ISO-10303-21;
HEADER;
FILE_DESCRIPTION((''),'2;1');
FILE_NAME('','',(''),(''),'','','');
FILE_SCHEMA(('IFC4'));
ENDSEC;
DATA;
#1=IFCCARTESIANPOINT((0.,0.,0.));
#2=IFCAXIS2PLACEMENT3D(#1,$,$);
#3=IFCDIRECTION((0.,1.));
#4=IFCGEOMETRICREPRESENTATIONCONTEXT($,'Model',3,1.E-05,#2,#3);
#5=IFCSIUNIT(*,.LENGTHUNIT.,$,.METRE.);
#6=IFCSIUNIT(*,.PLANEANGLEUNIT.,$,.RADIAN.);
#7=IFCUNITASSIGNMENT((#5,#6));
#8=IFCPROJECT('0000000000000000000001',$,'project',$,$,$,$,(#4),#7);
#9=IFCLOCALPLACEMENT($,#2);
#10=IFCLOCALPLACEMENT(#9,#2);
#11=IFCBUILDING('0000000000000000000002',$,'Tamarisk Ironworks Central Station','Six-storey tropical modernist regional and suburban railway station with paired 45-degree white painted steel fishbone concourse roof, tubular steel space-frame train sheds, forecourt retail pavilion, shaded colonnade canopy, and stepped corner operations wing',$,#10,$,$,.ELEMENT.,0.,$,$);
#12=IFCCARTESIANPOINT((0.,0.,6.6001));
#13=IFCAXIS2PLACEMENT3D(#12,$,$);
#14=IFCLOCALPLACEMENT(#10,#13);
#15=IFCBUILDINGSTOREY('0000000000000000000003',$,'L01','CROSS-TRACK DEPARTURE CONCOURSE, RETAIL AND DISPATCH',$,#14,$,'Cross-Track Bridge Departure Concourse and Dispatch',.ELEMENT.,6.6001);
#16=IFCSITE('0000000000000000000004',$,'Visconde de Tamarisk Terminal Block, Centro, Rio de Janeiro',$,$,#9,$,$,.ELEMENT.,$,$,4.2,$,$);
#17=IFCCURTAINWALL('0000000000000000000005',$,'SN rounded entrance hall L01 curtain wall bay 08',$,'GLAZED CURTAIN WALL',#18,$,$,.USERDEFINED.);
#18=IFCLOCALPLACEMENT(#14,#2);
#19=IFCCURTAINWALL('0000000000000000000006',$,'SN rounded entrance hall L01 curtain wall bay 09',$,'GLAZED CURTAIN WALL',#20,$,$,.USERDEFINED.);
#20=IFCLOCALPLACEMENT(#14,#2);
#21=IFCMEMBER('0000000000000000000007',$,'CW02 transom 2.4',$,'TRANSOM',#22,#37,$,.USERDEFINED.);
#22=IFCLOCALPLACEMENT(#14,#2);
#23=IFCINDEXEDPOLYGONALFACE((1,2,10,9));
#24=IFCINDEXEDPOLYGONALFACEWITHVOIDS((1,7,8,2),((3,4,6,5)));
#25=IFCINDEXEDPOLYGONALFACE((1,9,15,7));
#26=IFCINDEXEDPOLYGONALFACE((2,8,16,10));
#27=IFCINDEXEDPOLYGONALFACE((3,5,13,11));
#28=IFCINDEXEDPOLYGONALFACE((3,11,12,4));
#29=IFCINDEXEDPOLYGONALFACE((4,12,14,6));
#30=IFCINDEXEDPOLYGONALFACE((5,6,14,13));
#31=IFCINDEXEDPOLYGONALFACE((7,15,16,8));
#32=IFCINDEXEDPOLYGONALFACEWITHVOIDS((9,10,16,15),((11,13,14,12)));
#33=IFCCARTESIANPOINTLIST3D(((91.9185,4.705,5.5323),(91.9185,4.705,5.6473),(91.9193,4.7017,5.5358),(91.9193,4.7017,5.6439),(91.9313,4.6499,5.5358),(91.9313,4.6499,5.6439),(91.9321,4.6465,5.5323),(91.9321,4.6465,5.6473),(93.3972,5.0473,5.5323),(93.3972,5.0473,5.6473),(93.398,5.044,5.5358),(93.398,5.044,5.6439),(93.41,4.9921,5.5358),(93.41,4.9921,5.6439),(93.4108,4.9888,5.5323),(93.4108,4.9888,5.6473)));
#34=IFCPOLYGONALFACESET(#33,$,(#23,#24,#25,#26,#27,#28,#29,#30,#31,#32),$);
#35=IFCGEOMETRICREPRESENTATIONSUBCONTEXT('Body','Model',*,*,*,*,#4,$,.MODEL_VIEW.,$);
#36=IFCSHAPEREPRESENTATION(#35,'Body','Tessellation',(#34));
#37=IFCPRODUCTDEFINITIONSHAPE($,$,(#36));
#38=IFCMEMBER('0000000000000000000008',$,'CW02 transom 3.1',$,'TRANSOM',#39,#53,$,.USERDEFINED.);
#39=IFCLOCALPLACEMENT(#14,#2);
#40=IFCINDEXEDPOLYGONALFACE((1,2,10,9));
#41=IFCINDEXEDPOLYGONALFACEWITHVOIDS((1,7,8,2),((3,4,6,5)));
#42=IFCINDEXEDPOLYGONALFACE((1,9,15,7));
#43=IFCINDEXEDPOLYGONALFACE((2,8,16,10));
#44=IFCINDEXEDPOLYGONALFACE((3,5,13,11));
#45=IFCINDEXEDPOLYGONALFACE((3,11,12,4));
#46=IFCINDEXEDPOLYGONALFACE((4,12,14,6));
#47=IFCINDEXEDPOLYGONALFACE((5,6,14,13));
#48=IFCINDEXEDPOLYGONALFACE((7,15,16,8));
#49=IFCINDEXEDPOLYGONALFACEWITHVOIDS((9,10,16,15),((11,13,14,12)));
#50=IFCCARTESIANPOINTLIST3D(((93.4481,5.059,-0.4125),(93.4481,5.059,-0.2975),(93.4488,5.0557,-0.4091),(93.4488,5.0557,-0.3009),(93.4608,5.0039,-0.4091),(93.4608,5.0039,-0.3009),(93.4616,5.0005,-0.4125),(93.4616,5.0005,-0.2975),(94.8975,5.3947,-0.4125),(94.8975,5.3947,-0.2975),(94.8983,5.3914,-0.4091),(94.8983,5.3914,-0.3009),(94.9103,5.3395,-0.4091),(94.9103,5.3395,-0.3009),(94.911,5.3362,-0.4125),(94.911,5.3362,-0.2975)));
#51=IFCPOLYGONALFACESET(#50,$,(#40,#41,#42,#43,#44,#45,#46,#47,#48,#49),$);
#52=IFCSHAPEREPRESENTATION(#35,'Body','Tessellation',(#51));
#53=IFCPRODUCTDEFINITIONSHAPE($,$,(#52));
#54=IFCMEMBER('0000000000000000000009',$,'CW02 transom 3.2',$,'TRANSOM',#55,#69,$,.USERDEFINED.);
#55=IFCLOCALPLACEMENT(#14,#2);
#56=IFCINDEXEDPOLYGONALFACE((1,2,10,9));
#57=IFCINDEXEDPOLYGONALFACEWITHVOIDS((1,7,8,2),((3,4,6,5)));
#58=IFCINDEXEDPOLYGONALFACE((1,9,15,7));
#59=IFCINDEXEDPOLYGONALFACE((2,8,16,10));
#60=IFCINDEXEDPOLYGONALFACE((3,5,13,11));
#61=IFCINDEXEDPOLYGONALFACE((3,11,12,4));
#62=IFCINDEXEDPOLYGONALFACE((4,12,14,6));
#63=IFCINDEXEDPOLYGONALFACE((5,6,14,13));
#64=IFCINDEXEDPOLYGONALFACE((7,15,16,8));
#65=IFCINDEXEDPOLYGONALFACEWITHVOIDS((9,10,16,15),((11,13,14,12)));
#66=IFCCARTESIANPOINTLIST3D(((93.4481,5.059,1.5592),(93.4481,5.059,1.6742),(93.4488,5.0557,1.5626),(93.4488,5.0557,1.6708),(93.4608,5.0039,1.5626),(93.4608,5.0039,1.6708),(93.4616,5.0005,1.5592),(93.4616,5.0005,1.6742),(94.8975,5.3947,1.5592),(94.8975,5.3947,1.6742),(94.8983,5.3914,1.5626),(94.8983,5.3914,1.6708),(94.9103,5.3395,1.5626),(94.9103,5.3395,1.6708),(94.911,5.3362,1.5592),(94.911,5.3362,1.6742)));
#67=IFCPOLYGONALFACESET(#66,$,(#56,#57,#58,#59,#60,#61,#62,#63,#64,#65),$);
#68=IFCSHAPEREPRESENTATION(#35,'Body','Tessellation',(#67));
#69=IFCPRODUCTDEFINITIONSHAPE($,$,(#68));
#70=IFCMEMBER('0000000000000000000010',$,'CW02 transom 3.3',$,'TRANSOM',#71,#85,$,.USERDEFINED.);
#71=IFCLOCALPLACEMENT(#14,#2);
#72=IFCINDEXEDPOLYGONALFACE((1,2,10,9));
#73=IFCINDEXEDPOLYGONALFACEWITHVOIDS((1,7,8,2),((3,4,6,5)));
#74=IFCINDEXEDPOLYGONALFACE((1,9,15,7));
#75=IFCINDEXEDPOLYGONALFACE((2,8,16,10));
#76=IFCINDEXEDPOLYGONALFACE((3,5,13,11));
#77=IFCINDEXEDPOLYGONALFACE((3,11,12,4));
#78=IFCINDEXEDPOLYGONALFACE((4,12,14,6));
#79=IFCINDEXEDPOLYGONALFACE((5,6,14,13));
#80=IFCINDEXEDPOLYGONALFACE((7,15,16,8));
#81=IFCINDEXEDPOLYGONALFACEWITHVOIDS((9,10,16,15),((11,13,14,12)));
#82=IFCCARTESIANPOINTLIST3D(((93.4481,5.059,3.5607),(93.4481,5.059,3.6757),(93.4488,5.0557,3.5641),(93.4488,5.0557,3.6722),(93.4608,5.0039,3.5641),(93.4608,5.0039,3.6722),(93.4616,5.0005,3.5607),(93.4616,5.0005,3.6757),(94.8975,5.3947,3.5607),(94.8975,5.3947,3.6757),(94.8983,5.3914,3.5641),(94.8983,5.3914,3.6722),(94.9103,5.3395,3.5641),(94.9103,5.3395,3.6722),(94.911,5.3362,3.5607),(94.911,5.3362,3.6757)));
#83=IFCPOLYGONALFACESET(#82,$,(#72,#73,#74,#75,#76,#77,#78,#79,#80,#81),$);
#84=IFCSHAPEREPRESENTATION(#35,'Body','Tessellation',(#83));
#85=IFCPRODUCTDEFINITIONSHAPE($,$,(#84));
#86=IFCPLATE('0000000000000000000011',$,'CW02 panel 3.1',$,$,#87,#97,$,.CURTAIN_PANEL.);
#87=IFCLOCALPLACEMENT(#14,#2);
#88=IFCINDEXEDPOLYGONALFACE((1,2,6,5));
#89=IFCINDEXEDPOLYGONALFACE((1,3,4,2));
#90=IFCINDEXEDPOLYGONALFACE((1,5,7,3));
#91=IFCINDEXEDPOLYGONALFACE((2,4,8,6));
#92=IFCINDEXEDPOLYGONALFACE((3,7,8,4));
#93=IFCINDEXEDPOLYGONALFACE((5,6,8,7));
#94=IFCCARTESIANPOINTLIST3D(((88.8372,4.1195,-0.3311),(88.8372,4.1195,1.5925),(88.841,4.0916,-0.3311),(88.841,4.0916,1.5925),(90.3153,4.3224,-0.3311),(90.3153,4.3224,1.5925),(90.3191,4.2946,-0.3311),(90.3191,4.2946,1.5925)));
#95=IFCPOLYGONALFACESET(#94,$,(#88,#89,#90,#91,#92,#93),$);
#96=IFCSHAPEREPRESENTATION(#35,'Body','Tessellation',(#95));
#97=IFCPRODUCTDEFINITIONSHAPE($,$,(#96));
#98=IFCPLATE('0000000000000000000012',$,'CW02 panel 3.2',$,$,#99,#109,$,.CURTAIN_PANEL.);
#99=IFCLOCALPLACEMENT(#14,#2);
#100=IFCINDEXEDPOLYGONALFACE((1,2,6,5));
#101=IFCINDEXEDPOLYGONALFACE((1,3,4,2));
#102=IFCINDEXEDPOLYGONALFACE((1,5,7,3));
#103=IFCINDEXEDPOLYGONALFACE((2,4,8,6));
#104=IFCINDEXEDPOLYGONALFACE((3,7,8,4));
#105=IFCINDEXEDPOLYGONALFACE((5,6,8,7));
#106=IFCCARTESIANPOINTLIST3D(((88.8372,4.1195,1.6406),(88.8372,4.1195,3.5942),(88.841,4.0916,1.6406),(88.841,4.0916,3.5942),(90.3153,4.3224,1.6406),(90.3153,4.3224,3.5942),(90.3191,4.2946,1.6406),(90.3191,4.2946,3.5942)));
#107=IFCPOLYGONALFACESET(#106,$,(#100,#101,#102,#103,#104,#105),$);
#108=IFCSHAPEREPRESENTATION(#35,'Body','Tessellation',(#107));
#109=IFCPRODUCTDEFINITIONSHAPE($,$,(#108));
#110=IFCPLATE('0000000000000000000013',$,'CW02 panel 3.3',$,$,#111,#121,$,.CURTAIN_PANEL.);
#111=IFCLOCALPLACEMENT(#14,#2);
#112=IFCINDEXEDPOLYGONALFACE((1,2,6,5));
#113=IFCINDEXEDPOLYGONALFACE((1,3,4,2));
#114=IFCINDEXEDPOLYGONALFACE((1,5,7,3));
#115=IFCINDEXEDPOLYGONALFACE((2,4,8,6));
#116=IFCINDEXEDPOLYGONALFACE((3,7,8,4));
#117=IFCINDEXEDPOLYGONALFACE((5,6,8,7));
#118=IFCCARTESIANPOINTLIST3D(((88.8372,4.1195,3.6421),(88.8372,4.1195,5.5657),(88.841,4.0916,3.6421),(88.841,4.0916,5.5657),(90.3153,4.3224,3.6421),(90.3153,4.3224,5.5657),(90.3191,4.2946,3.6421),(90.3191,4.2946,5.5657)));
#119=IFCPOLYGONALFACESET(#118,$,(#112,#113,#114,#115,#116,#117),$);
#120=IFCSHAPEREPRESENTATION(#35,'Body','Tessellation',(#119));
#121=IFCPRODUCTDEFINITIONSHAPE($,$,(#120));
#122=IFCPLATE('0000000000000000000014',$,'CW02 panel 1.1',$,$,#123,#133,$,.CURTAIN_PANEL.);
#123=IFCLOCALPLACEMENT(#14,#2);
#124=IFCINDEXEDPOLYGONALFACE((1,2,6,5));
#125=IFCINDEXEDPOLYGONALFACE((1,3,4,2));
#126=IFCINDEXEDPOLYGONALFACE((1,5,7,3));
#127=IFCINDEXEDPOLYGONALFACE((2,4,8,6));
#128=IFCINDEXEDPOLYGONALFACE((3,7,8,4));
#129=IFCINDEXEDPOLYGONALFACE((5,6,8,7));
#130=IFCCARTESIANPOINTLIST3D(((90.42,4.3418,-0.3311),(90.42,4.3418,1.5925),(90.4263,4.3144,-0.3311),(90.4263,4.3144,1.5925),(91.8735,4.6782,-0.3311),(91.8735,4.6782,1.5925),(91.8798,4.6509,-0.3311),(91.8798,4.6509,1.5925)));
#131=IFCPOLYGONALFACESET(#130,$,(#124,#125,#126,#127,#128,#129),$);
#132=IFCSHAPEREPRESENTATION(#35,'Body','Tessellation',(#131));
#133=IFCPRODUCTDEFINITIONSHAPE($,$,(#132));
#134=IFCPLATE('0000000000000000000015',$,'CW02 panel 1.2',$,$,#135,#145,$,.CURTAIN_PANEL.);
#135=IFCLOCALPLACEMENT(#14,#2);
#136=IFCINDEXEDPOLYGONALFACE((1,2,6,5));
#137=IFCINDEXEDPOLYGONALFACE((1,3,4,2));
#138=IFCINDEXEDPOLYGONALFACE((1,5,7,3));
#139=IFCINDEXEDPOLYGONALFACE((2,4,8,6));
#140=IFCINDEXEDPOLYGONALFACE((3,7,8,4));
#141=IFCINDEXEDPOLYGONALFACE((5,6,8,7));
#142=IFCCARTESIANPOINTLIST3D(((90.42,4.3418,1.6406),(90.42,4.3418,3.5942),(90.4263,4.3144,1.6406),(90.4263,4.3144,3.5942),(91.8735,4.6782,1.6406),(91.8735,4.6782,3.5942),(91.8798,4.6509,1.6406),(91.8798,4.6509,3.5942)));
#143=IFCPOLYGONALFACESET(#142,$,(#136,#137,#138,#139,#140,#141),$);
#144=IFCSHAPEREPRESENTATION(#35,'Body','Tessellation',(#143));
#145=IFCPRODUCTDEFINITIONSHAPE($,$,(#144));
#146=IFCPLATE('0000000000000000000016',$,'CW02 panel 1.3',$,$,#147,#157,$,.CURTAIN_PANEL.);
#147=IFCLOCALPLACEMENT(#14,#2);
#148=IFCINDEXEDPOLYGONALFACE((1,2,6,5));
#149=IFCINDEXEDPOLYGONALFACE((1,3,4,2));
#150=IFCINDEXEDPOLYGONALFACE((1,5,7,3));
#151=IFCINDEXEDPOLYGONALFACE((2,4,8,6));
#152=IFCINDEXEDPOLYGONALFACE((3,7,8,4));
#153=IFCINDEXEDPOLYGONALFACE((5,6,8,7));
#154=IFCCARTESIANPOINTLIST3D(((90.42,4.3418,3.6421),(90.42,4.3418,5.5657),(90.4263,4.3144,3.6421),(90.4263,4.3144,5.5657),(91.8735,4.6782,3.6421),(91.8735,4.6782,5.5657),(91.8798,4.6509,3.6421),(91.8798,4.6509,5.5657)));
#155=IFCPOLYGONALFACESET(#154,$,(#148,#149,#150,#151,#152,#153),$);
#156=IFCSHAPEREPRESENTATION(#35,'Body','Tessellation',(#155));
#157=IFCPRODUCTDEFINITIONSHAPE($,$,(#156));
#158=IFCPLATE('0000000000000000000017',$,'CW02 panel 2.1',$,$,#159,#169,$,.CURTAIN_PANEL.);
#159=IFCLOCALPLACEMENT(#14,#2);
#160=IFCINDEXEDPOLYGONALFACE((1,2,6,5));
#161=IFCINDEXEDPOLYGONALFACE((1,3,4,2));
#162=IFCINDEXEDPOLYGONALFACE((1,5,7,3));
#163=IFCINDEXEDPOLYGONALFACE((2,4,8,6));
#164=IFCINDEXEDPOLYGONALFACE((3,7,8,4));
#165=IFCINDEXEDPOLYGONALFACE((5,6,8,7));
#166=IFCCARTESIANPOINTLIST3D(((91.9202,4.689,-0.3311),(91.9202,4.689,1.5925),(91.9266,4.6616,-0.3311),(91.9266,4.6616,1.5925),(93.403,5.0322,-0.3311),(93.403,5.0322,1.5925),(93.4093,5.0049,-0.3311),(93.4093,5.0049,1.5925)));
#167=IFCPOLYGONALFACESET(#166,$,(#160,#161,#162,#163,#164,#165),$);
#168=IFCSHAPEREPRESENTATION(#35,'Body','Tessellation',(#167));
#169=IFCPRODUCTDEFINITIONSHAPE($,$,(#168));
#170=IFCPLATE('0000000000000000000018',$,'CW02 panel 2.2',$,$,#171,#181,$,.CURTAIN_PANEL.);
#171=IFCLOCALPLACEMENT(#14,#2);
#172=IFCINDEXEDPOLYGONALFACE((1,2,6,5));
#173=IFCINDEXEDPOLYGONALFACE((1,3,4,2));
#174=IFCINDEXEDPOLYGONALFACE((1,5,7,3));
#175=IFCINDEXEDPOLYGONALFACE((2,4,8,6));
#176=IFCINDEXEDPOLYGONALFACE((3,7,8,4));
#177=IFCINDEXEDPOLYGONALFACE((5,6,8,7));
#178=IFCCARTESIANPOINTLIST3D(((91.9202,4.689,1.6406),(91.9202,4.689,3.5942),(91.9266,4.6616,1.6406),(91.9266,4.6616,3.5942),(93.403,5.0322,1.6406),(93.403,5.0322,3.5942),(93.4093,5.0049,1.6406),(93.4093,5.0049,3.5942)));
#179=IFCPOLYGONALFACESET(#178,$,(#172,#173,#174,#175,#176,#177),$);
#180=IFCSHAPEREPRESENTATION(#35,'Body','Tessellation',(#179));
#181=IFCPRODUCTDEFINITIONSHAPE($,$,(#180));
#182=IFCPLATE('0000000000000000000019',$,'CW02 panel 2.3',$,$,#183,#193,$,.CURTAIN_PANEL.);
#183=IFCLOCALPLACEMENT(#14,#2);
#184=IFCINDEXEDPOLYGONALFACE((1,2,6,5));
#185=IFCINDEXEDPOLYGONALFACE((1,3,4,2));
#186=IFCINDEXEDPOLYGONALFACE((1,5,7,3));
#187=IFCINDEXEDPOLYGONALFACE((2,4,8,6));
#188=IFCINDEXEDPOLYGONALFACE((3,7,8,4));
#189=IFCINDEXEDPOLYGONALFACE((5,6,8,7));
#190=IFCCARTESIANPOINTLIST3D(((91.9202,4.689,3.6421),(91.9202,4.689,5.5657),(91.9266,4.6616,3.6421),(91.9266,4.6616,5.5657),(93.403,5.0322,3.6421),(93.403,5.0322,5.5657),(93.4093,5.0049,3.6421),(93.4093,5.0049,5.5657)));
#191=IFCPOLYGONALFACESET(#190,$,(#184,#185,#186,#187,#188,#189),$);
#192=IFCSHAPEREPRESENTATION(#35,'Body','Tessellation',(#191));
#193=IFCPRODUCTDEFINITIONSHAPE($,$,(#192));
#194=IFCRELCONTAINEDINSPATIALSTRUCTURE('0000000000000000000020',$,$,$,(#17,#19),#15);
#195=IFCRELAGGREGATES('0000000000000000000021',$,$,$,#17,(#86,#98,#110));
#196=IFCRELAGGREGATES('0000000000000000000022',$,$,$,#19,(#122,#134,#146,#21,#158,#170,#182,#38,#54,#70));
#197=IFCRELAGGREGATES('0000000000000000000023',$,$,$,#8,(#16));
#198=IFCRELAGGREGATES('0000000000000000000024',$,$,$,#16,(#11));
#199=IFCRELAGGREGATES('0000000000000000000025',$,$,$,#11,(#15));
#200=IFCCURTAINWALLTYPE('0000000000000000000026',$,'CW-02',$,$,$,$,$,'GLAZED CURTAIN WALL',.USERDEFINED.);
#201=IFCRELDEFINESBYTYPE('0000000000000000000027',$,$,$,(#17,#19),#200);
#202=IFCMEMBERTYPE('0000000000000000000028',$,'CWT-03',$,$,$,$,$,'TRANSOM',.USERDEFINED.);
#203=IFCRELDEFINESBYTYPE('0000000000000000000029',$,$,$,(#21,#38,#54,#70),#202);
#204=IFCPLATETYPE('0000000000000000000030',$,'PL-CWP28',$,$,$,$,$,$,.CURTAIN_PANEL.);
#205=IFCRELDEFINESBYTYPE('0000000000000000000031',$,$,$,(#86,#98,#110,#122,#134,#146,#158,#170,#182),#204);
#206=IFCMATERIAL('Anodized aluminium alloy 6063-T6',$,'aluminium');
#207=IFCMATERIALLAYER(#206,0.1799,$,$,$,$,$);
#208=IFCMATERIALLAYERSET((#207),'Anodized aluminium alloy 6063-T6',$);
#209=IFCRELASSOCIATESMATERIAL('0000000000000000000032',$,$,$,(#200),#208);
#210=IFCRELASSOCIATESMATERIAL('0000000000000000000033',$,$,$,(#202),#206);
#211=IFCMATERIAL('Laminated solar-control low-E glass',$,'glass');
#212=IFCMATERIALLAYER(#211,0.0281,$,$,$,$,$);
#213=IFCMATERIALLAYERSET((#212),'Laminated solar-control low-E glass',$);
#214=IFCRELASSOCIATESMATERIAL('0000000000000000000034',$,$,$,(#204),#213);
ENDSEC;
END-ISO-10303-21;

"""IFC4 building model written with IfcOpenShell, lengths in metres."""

from ifc_helpers import new_model, si_unit, direction, frame, origin, origin_2d, place, context, subcontext, project, spatial, rectangle, hollow_rectangle, extrude, material, layer, layer_set, material_profile, profile_set, type_object, element, aggregate, save


model = new_model("IFC4")

# Units and contexts
model_context = context("Model", 3, precision=1e-05, world=origin(), true_north=direction((0.0, 1.0)))
body_context = subcontext(model_context, "Body", "Model", "MODEL_VIEW")
ifc_project = project(units=[si_unit("LENGTHUNIT", "METRE"), si_unit("PLANEANGLEUNIT", "RADIAN")], contexts=[model_context])

# Site, building, storey
site_placement = place(None, origin())
site = spatial("IfcSite", under=ifc_project, at=site_placement, Name="Visconde de Tamarisk Terminal Block, Centro, Rio de Janeiro", CompositionType="ELEMENT", RefElevation=4.2)
building_placement = place(site_placement, origin())
building = spatial("IfcBuilding", under=site, at=building_placement, Name="Tamarisk Ironworks Central Station", Description="Six-storey tropical modernist regional and suburban railway station with paired 45-degree white painted steel fishbone concourse roof, tubular steel space-frame train sheds, forecourt retail pavilion, shaded colonnade canopy, and stepped corner operations wing", CompositionType="ELEMENT", ElevationOfRefHeight=0.0)
storey_placement = place(building_placement, frame((0.0, 0.0, 6.6001)))
storey = spatial("IfcBuildingStorey", under=building, at=storey_placement, Name="L01", Description="CROSS-TRACK DEPARTURE CONCOURSE, RETAIL AND DISPATCH", LongName="Cross-Track Bridge Departure Concourse and Dispatch", CompositionType="ELEMENT", Elevation=6.6001)

# Curtain wall
ifc_material_1 = material(Name="Anodized aluminium alloy 6063-T6", Category="aluminium")
ifc_layer_1 = layer(ifc_material_1, 0.1799)
ifc_layer_set_1 = layer_set([ifc_layer_1], Name="Anodized aluminium alloy 6063-T6")
curtain_wall_type = type_object("IfcCurtainWallType", Name="CW-02", ElementType="GLAZED CURTAIN WALL", PredefinedType="USERDEFINED", material=ifc_layer_set_1)
curtain_wall_1_placement = place(storey_placement, origin())
curtain_wall_1 = element("IfcCurtainWall", 1, at=curtain_wall_1_placement, inside=storey, type_object=curtain_wall_type, Name="SN rounded entrance hall L01 curtain wall bay 08", ObjectType="GLAZED CURTAIN WALL", PredefinedType="USERDEFINED")

# Curtain wall, members
curtain_wall_2_placement = place(storey_placement, origin())
curtain_wall_2 = element("IfcCurtainWall", 2, at=curtain_wall_2_placement, inside=storey, type_object=curtain_wall_type, Name="SN rounded entrance hall L01 curtain wall bay 09", ObjectType="GLAZED CURTAIN WALL", PredefinedType="USERDEFINED")
ifc_material_profile_1 = material_profile(ifc_material_1, hollow_rectangle(XDim=0.0601, YDim=0.115, WallThickness=0.0034, at=origin_2d()), Name="ALUM 115x60")
ifc_profile_set_1 = profile_set([ifc_material_profile_1], Name="Anodized aluminium alloy 6063-T6")
member_type_1 = type_object("IfcMemberType", Name="CWT-03", ElementType="TRANSOM", PredefinedType="USERDEFINED", material=ifc_profile_set_1)
member_1_placement = place(storey_placement, frame((91.9253, 4.6758, 5.5898), z_axis=(0.974242, 0.225506, 0.0), x_axis=(-0.225506, 0.974242, 0.0)))
member_1 = element("IfcMember", 3, at=member_1_placement, type_object=member_type_1, Name="CW02 transom 2.4", ObjectType="TRANSOM", PredefinedType="USERDEFINED", context=body_context, shape_type="SweptSolid", body=[
    extrude(hollow_rectangle(XDim=0.0601, YDim=0.115, WallThickness=0.0034, at=origin_2d()), origin(), (0.0, 0.0, 1.0), 1.5178),
])
member_2_placement = place(storey_placement, frame((93.4548, 5.0298, -0.355), z_axis=(0.974214, 0.225626, 0.0), x_axis=(-0.225626, 0.974214, 0.0)))
member_2 = element("IfcMember", 4, at=member_2_placement, type_object=member_type_1, Name="CW02 transom 3.1", ObjectType="TRANSOM", PredefinedType="USERDEFINED", context=body_context, shape_type="SweptSolid", body=[
    extrude(hollow_rectangle(XDim=0.0601, YDim=0.115, WallThickness=0.0034, at=origin_2d()), origin(), (0.0, 0.0, 1.0), 1.4878),
])
member_3_placement = place(storey_placement, frame((93.4548, 5.0298, 1.6167), z_axis=(0.974214, 0.225626, 0.0), x_axis=(-0.225626, 0.974214, 0.0)))
member_3 = element("IfcMember", 5, at=member_3_placement, type_object=member_type_1, Name="CW02 transom 3.2", ObjectType="TRANSOM", PredefinedType="USERDEFINED", context=body_context, shape_type="SweptSolid", body=[
    extrude(hollow_rectangle(XDim=0.0601, YDim=0.115, WallThickness=0.0034, at=origin_2d()), origin(), (0.0, 0.0, 1.0), 1.4878),
])
member_4_placement = place(storey_placement, frame((93.4548, 5.0298, 3.6182), z_axis=(0.974214, 0.225626, 0.0), x_axis=(-0.225626, 0.974214, 0.0)))
member_4 = element("IfcMember", 6, at=member_4_placement, type_object=member_type_1, Name="CW02 transom 3.3", ObjectType="TRANSOM", PredefinedType="USERDEFINED", context=body_context, shape_type="SweptSolid", body=[
    extrude(hollow_rectangle(XDim=0.0601, YDim=0.115, WallThickness=0.0034, at=origin_2d()), origin(), (0.0, 0.0, 1.0), 1.4878),
])

# Plates
ifc_material_2 = material(Name="Laminated solar-control low-E glass", Category="glass")
ifc_layer_2 = layer(ifc_material_2, 0.0281)
ifc_layer_set_2 = layer_set([ifc_layer_2], Name="Laminated solar-control low-E glass")
plate_type = type_object("IfcPlateType", Name="PL-CWP28", PredefinedType="CURTAIN_PANEL", material=ifc_layer_set_2)
plate_1_placement = place(storey_placement, frame((89.5781, 4.207, -0.3311), z_axis=(0.0, 0.0, 1.0), x_axis=(0.990703, 0.136042, 0.0)))
plate_1 = element("IfcPlate", 7, at=plate_1_placement, type_object=plate_type, Name="CW02 panel 3.1", PredefinedType="CURTAIN_PANEL", context=body_context, shape_type="SweptSolid", body=[
    extrude(rectangle(XDim=1.4919, YDim=0.0281, at=origin_2d()), origin(), (0.0, 0.0, 1.0), 1.9236),
])
plate_2_placement = place(storey_placement, frame((89.5781, 4.207, 1.6406), z_axis=(0.0, 0.0, 1.0), x_axis=(0.990703, 0.136042, 0.0)))
plate_2 = element("IfcPlate", 8, at=plate_2_placement, type_object=plate_type, Name="CW02 panel 3.2", PredefinedType="CURTAIN_PANEL", context=body_context, shape_type="SweptSolid", body=[
    extrude(rectangle(XDim=1.4919, YDim=0.0281, at=origin_2d()), origin(), (0.0, 0.0, 1.0), 1.9536),
])
plate_3_placement = place(storey_placement, frame((89.5781, 4.207, 3.6421), z_axis=(0.0, 0.0, 1.0), x_axis=(0.990703, 0.136042, 0.0)))
plate_3 = element("IfcPlate", 9, at=plate_3_placement, type_object=plate_type, Name="CW02 panel 3.3", PredefinedType="CURTAIN_PANEL", context=body_context, shape_type="SweptSolid", body=[
    extrude(rectangle(XDim=1.4919, YDim=0.0281, at=origin_2d()), origin(), (0.0, 0.0, 1.0), 1.9236),
])
aggregate(curtain_wall_1, [plate_1, plate_2, plate_3])
plate_4_placement = place(storey_placement, frame((91.1499, 4.4963, -0.3311), z_axis=(0.0, 0.0, 1.0), x_axis=(0.974239, 0.225517, 0.0)))
plate_4 = element("IfcPlate", 10, at=plate_4_placement, type_object=plate_type, Name="CW02 panel 1.1", PredefinedType="CURTAIN_PANEL", context=body_context, shape_type="SweptSolid", body=[
    extrude(rectangle(XDim=1.4919, YDim=0.0281, at=origin_2d()), origin(), (0.0, 0.0, 1.0), 1.9236),
])
plate_5_placement = place(storey_placement, frame((91.1499, 4.4963, 1.6406), z_axis=(0.0, 0.0, 1.0), x_axis=(0.974239, 0.225517, 0.0)))
plate_5 = element("IfcPlate", 11, at=plate_5_placement, type_object=plate_type, Name="CW02 panel 1.2", PredefinedType="CURTAIN_PANEL", context=body_context, shape_type="SweptSolid", body=[
    extrude(rectangle(XDim=1.4919, YDim=0.0281, at=origin_2d()), origin(), (0.0, 0.0, 1.0), 1.9536),
])
plate_6_placement = place(storey_placement, frame((91.1499, 4.4963, 3.6421), z_axis=(0.0, 0.0, 1.0), x_axis=(0.974239, 0.225517, 0.0)))
plate_6 = element("IfcPlate", 12, at=plate_6_placement, type_object=plate_type, Name="CW02 panel 1.3", PredefinedType="CURTAIN_PANEL", context=body_context, shape_type="SweptSolid", body=[
    extrude(rectangle(XDim=1.4919, YDim=0.0281, at=origin_2d()), origin(), (0.0, 0.0, 1.0), 1.9236),
])
plate_7_placement = place(storey_placement, frame((92.6648, 4.8469, -0.3311), z_axis=(0.0, 0.0, 1.0), x_axis=(0.974239, 0.225517, 0.0)))
plate_7 = element("IfcPlate", 13, at=plate_7_placement, type_object=plate_type, Name="CW02 panel 2.1", PredefinedType="CURTAIN_PANEL", context=body_context, shape_type="SweptSolid", body=[
    extrude(rectangle(XDim=1.522, YDim=0.0281, at=origin_2d()), origin(), (0.0, 0.0, 1.0), 1.9236),
])
plate_8_placement = place(storey_placement, frame((92.6648, 4.8469, 1.6406), z_axis=(0.0, 0.0, 1.0), x_axis=(0.974239, 0.225517, 0.0)))
plate_8 = element("IfcPlate", 14, at=plate_8_placement, type_object=plate_type, Name="CW02 panel 2.2", PredefinedType="CURTAIN_PANEL", context=body_context, shape_type="SweptSolid", body=[
    extrude(rectangle(XDim=1.522, YDim=0.0281, at=origin_2d()), origin(), (0.0, 0.0, 1.0), 1.9536),
])
plate_9_placement = place(storey_placement, frame((92.6648, 4.8469, 3.6421), z_axis=(0.0, 0.0, 1.0), x_axis=(0.974239, 0.225517, 0.0)))
plate_9 = element("IfcPlate", 15, at=plate_9_placement, type_object=plate_type, Name="CW02 panel 2.3", PredefinedType="CURTAIN_PANEL", context=body_context, shape_type="SweptSolid", body=[
    extrude(rectangle(XDim=1.522, YDim=0.0281, at=origin_2d()), origin(), (0.0, 0.0, 1.0), 1.9236),
])
aggregate(curtain_wall_2, [plate_4, plate_5, plate_6, member_1, plate_7, plate_8, plate_9, member_2, member_3, member_4])

save(model, "model.ifc")
